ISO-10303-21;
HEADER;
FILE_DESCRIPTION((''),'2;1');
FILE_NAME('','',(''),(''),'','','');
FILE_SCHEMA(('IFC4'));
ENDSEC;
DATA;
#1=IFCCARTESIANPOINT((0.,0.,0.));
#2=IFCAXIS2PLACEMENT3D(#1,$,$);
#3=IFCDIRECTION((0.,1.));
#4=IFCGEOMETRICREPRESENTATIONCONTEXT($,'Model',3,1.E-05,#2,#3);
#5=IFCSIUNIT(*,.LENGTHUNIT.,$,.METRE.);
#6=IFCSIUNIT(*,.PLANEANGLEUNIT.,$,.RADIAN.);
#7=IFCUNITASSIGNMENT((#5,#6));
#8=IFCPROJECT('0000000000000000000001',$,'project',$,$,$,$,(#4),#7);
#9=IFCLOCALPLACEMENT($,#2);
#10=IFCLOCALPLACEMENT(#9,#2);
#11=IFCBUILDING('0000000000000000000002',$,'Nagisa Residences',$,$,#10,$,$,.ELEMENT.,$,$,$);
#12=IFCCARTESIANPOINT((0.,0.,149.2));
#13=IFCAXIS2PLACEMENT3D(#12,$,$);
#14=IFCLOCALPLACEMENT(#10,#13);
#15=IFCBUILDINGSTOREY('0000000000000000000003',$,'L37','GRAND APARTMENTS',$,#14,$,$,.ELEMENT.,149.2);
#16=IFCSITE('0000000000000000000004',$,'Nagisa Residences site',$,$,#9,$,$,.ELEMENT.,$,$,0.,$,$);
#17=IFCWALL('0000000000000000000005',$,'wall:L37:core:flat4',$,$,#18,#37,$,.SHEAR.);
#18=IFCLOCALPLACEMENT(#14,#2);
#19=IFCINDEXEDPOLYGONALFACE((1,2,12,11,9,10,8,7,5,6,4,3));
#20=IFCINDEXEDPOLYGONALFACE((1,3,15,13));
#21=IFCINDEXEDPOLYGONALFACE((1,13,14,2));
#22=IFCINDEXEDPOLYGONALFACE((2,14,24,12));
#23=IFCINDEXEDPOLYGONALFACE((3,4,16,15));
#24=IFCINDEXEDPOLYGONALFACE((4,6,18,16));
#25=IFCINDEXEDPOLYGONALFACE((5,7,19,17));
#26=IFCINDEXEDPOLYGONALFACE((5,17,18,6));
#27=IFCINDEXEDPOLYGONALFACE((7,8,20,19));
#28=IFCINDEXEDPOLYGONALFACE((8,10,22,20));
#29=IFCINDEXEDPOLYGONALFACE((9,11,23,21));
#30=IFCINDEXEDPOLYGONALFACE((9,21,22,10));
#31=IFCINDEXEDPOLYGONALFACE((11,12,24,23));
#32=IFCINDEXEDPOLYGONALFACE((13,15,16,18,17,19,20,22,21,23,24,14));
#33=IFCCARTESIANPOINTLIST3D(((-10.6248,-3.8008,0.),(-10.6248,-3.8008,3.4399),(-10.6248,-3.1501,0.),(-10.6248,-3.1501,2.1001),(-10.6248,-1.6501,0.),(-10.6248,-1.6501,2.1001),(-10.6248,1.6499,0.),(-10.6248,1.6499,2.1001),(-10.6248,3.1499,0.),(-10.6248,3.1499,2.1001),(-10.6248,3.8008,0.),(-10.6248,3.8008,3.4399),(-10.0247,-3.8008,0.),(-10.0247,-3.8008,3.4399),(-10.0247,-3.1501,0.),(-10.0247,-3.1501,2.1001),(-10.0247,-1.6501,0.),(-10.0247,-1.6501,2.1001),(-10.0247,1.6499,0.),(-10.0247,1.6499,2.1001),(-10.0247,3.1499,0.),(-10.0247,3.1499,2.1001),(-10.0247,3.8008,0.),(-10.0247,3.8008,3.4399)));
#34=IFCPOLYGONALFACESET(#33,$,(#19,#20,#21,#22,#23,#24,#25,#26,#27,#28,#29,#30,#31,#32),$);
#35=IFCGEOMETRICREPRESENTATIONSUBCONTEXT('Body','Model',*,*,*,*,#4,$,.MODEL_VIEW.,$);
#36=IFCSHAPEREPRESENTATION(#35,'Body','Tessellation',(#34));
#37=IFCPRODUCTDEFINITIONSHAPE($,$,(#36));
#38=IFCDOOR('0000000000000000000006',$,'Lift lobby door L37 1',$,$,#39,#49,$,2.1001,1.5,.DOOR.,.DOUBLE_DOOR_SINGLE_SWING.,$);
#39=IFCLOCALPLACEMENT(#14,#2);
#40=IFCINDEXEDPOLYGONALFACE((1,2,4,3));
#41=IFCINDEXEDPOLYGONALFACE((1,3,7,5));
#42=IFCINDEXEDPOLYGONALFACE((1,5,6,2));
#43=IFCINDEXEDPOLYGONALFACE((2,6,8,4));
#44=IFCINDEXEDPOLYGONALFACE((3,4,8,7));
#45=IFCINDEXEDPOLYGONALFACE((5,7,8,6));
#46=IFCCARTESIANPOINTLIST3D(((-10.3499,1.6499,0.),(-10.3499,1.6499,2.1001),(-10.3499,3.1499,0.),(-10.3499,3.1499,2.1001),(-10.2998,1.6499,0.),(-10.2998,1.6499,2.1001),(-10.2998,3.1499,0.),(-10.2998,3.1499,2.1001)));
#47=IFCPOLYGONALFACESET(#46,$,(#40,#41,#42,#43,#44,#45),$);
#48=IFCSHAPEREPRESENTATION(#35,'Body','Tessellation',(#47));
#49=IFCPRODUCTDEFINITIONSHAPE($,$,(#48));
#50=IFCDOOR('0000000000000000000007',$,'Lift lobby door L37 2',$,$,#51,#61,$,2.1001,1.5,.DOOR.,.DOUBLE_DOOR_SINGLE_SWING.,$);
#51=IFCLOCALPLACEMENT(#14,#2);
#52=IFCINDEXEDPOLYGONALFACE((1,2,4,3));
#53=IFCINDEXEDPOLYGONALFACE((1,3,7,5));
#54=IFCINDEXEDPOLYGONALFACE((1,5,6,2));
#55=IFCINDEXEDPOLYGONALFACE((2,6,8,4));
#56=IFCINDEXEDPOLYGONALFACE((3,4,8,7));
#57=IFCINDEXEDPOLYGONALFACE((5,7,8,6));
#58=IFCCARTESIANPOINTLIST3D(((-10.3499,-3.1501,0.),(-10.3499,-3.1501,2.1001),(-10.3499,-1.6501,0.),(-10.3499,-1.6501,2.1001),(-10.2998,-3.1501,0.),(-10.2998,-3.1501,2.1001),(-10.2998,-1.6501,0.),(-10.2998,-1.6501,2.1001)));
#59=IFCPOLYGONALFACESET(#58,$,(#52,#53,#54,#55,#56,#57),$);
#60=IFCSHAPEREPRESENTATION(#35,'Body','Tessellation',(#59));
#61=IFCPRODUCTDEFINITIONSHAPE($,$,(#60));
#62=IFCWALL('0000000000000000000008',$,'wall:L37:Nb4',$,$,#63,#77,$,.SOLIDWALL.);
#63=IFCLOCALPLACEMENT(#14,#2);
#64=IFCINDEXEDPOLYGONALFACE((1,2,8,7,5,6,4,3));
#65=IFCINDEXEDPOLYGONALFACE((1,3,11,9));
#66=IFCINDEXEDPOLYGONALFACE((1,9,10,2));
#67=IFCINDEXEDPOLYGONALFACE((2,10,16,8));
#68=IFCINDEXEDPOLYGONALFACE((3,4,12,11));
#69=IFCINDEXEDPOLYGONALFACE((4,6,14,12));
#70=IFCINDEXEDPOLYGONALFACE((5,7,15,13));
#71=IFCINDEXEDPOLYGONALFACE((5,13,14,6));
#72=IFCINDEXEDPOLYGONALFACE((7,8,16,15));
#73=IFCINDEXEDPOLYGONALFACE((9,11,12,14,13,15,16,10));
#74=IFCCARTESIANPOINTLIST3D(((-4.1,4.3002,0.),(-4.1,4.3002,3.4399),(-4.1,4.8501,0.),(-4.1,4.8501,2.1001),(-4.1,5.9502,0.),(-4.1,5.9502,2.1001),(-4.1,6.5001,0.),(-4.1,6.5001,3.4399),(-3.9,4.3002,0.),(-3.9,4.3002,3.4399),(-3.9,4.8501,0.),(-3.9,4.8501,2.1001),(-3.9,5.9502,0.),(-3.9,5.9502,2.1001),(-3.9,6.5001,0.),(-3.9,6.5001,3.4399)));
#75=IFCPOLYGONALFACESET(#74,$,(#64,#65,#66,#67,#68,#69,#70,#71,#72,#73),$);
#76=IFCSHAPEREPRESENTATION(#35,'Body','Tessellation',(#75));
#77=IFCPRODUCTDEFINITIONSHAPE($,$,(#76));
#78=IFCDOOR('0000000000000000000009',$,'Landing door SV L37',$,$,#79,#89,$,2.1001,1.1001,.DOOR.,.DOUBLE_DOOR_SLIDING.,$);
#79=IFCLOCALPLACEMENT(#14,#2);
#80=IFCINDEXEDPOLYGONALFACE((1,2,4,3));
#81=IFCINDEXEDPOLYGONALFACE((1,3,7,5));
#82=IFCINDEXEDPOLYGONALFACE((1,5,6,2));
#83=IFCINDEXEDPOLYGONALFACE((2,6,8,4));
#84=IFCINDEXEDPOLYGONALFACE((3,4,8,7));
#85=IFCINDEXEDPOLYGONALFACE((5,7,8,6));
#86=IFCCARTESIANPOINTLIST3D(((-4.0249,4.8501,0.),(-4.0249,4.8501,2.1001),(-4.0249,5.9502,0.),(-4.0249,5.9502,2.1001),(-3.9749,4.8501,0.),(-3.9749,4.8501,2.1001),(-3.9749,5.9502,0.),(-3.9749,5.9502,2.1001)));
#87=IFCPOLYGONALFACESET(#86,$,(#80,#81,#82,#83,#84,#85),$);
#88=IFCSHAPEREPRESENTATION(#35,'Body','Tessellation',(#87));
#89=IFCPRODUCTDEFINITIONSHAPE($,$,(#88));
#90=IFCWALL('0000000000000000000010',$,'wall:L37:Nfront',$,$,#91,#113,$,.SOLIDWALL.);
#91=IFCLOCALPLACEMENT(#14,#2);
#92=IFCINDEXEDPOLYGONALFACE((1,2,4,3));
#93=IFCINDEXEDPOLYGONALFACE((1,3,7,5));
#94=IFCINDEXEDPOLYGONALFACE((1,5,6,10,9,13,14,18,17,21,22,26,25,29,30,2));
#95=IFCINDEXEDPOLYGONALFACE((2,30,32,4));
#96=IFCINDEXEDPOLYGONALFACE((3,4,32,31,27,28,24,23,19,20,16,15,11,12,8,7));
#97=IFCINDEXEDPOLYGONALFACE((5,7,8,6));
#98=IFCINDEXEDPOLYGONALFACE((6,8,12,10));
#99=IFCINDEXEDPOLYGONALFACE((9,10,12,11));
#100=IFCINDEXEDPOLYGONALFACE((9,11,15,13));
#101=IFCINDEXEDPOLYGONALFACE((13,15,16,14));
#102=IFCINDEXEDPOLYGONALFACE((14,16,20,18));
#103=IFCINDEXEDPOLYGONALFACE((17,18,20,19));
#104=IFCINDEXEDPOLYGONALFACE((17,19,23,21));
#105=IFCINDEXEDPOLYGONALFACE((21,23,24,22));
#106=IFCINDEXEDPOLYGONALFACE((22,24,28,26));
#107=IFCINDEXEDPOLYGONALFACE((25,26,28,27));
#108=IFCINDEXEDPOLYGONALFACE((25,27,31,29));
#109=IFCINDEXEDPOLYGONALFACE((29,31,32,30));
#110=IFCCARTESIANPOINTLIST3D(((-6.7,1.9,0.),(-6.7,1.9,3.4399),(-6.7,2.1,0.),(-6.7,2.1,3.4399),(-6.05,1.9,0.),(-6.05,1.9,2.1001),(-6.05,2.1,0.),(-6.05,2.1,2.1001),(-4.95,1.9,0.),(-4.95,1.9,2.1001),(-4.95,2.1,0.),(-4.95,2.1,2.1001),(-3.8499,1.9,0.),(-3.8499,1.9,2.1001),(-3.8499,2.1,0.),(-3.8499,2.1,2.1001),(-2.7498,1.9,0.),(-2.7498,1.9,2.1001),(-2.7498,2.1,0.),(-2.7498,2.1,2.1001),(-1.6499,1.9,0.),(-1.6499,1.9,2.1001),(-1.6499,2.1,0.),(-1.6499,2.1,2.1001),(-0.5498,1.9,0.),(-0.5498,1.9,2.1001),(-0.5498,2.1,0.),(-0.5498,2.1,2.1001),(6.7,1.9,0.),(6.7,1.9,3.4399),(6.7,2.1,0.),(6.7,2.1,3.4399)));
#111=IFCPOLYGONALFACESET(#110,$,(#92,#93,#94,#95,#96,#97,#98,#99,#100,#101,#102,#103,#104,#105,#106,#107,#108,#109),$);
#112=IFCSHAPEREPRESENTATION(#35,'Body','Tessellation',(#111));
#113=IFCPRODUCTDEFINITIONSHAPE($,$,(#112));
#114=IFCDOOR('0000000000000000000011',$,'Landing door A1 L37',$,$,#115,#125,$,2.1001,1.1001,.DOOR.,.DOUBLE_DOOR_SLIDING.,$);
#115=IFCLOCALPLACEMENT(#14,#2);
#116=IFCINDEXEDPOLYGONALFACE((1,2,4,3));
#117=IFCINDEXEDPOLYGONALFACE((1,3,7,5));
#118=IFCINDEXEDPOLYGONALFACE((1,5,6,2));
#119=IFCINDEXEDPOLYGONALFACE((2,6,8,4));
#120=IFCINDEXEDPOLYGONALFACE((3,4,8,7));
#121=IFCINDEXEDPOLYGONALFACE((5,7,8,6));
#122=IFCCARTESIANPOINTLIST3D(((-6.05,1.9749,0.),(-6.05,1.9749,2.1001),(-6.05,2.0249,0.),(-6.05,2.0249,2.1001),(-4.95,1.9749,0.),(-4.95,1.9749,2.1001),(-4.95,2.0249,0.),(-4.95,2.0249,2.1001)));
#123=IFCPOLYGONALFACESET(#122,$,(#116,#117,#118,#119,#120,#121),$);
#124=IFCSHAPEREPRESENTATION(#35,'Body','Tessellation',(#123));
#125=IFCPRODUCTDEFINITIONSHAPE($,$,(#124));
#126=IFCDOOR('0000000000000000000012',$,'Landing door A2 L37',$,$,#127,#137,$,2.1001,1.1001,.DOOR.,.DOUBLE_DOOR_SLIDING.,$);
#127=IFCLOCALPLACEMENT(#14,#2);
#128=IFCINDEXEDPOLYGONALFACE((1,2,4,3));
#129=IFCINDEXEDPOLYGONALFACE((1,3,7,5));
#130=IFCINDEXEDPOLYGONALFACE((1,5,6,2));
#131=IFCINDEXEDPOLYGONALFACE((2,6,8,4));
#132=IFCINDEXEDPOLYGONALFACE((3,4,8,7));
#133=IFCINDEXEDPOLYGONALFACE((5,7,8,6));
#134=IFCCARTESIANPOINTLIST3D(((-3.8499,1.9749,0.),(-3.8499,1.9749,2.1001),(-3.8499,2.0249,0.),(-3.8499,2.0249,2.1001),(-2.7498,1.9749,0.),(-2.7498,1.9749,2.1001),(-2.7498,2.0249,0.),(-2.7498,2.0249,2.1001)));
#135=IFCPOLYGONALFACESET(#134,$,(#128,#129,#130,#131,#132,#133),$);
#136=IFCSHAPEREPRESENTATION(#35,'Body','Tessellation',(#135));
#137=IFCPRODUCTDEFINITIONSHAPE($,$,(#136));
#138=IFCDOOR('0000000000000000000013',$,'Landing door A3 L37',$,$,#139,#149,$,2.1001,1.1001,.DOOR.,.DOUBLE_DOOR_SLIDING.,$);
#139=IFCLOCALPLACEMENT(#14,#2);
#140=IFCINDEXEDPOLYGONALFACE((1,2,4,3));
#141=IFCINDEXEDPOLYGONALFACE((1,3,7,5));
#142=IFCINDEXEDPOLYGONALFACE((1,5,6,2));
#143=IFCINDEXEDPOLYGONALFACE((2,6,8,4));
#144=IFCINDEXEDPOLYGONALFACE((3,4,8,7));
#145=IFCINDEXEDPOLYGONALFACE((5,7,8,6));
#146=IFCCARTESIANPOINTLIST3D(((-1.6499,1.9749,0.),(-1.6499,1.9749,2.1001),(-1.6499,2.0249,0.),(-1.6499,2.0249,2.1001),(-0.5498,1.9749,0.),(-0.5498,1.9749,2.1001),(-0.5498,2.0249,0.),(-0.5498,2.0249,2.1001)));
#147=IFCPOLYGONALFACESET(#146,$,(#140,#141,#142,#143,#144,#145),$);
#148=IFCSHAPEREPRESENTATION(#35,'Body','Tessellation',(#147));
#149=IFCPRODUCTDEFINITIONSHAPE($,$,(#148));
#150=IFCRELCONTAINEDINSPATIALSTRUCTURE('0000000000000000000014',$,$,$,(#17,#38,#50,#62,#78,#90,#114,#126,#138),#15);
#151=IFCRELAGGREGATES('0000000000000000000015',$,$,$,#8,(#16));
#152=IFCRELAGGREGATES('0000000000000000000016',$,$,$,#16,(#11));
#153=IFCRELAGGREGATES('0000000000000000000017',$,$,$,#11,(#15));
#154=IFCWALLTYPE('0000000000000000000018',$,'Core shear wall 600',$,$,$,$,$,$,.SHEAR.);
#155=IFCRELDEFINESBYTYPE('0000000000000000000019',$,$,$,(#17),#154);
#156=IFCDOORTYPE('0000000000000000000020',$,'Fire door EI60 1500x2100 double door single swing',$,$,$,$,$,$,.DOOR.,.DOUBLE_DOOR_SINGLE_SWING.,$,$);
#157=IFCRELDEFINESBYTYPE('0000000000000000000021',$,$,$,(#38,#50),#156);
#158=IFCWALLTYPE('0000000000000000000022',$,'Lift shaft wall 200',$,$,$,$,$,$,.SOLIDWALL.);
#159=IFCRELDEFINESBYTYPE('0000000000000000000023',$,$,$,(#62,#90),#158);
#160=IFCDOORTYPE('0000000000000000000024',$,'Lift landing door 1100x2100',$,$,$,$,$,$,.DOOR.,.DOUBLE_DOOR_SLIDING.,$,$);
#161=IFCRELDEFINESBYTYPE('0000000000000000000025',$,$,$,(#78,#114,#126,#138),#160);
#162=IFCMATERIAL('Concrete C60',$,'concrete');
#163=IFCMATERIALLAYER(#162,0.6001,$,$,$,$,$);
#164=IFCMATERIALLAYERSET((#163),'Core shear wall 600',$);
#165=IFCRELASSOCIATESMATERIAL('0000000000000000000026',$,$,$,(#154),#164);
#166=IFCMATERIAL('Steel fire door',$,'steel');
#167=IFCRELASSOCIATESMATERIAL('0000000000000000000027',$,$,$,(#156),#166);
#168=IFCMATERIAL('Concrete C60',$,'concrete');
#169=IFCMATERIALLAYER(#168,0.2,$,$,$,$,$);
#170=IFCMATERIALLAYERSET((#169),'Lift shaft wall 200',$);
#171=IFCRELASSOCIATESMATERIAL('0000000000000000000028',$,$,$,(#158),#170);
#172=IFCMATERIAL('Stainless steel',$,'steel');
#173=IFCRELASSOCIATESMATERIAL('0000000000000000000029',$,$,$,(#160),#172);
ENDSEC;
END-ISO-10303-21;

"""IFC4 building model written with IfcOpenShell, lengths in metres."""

from ifc_helpers import new_model, si_unit, direction, frame, frame_2d, origin, place, context, subcontext, project, spatial, rectangle, extrude, material, layer, layer_set, type_object, element, fill, save


model = new_model("IFC4")

# Units and contexts
model_context = context("Model", 3, precision=1e-05, world=origin(), true_north=direction((0.0, 1.0)))
body_context = subcontext(model_context, "Body", "Model", "MODEL_VIEW")
ifc_project = project(units=[si_unit("LENGTHUNIT", "METRE"), si_unit("PLANEANGLEUNIT", "RADIAN")], contexts=[model_context])

# Site, building, storey
site_placement = place(None, origin())
site = spatial("IfcSite", under=ifc_project, at=site_placement, Name="Nagisa Residences site", CompositionType="ELEMENT", RefElevation=0.0)
building_placement = place(site_placement, origin())
building = spatial("IfcBuilding", under=site, at=building_placement, Name="Nagisa Residences", CompositionType="ELEMENT")
storey_placement = place(building_placement, frame((0.0, 0.0, 149.2)))
storey = spatial("IfcBuildingStorey", under=building, at=storey_placement, Name="L37", Description="GRAND APARTMENTS", CompositionType="ELEMENT", Elevation=149.2)

# Shared definitions
ifc_material_1 = material(Name="Concrete C60", Category="concrete")
ifc_layer_1 = layer(ifc_material_1, 0.6001)
ifc_layer_set_1 = layer_set([ifc_layer_1], Name="Core shear wall 600")
wall_type_1 = type_object("IfcWallType", Name="Core shear wall 600", PredefinedType="SHEAR", material=ifc_layer_set_1)

# Wall, openings, doors
wall_1_placement = place(storey_placement, frame((-10.3247, 3.8008, 0.0), z_axis=(0.0, 0.0, 1.0), x_axis=(0.0, -1.0, 0.0)))
wall_1 = element("IfcWall", 1, at=wall_1_placement, inside=storey, type_object=wall_type_1, Name="wall:L37:core:flat4", PredefinedType="SHEAR", context=body_context, shape_type="SweptSolid", body=[
    extrude(rectangle(XDim=7.6016, YDim=0.6001, at=frame_2d((3.8008, 0.0))), origin(), (0.0, 0.0, 1.0), 3.4399),
])
opening_1_placement = place(wall_1_placement, frame((0.6509, 0.0, 0.0)))
opening_1 = element("IfcOpeningElement", 2, at=opening_1_placement, cuts=wall_1, PredefinedType="OPENING", context=body_context, shape_type="SweptSolid", body=[
    extrude(rectangle(XDim=1.5, YDim=2.1001, at=frame_2d((0.75, 1.05))), frame((0.0, 0.3101, 0.0), z_axis=(0.0, -1.0, 0.0), x_axis=(1.0, 0.0, 0.0)), (0.0, 0.0, 1.0), 0.6201),
])
opening_2_placement = place(wall_1_placement, frame((5.4509, 0.0, 0.0)))
opening_2 = element("IfcOpeningElement", 3, at=opening_2_placement, cuts=wall_1, PredefinedType="OPENING", context=body_context, shape_type="SweptSolid", body=[
    extrude(rectangle(XDim=1.5, YDim=2.1001, at=frame_2d((0.75, 1.05))), frame((0.0, 0.3101, 0.0), z_axis=(0.0, -1.0, 0.0), x_axis=(1.0, 0.0, 0.0)), (0.0, 0.0, 1.0), 0.6201),
])
ifc_material_2 = material(Name="Steel fire door", Category="steel")
door_type_1 = type_object("IfcDoorType", Name="Fire door EI60 1500x2100 double door single swing", OperationType="DOUBLE_DOOR_SINGLE_SWING", PredefinedType="DOOR", material=ifc_material_2)
door_1_placement = place(opening_1_placement, origin())
door_1 = element("IfcDoor", 4, at=door_1_placement, inside=storey, type_object=door_type_1, Name="Lift lobby door L37 1", OperationType="DOUBLE_DOOR_SINGLE_SWING", OverallHeight=2.1001, OverallWidth=1.5, PredefinedType="DOOR", context=body_context, shape_type="SweptSolid", body=[
    extrude(rectangle(XDim=1.5, YDim=2.1001, at=frame_2d((0.75, 1.05))), frame((0.0, 0.0249, 0.0), z_axis=(0.0, -1.0, 0.0), x_axis=(1.0, 0.0, 0.0)), (0.0, 0.0, 1.0), 0.05),
])
fill(opening_1, door_1)
door_2_placement = place(opening_2_placement, origin())
door_2 = element("IfcDoor", 5, at=door_2_placement, inside=storey, type_object=door_type_1, Name="Lift lobby door L37 2", OperationType="DOUBLE_DOOR_SINGLE_SWING", OverallHeight=2.1001, OverallWidth=1.5, PredefinedType="DOOR", context=body_context, shape_type="SweptSolid", body=[
    extrude(rectangle(XDim=1.5, YDim=2.1001, at=frame_2d((0.75, 1.05))), frame((0.0, 0.0249, 0.0), z_axis=(0.0, -1.0, 0.0), x_axis=(1.0, 0.0, 0.0)), (0.0, 0.0, 1.0), 0.05),
])
fill(opening_2, door_2)

# Wall, opening, door
ifc_material_3 = material(Name="Concrete C60", Category="concrete")
ifc_layer_2 = layer(ifc_material_3, 0.2)
ifc_layer_set_2 = layer_set([ifc_layer_2], Name="Lift shaft wall 200")
wall_type_2 = type_object("IfcWallType", Name="Lift shaft wall 200", PredefinedType="SOLIDWALL", material=ifc_layer_set_2)
wall_2_placement = place(storey_placement, frame((-4.0, 4.3, 0.0), z_axis=(0.0, 0.0, 1.0), x_axis=(0.0, 1.0, 0.0)))
wall_2 = element("IfcWall", 6, at=wall_2_placement, inside=storey, type_object=wall_type_2, Name="wall:L37:Nb4", PredefinedType="SOLIDWALL", context=body_context, shape_type="SweptSolid", body=[
    extrude(rectangle(XDim=2.2, YDim=0.2, at=frame_2d((1.1001, 0.0))), origin(), (0.0, 0.0, 1.0), 3.4399),
])
opening_3_placement = place(wall_2_placement, frame((0.55, 0.0, 0.0)))
opening_3 = element("IfcOpeningElement", 7, at=opening_3_placement, cuts=wall_2, PredefinedType="OPENING", context=body_context, shape_type="SweptSolid", body=[
    extrude(rectangle(XDim=1.1001, YDim=2.1001, at=frame_2d((0.55, 1.05))), frame((0.0, 0.1099, 0.0), z_axis=(0.0, -1.0, 0.0), x_axis=(1.0, 0.0, 0.0)), (0.0, 0.0, 1.0), 0.22),
])
ifc_material_4 = material(Name="Stainless steel", Category="steel")
door_type_2 = type_object("IfcDoorType", Name="Lift landing door 1100x2100", OperationType="DOUBLE_DOOR_SLIDING", PredefinedType="DOOR", material=ifc_material_4)
door_3_placement = place(opening_3_placement, origin())
door_3 = element("IfcDoor", 8, at=door_3_placement, inside=storey, type_object=door_type_2, Name="Landing door SV L37", OperationType="DOUBLE_DOOR_SLIDING", OverallHeight=2.1001, OverallWidth=1.1001, PredefinedType="DOOR", context=body_context, shape_type="SweptSolid", body=[
    extrude(rectangle(XDim=1.1001, YDim=2.1001, at=frame_2d((0.55, 1.05))), frame((0.0, 0.0249, 0.0), z_axis=(0.0, -1.0, 0.0), x_axis=(1.0, 0.0, 0.0)), (0.0, 0.0, 1.0), 0.05),
])
fill(opening_3, door_3)

# Wall, openings, doors
wall_3_placement = place(storey_placement, frame((-6.7, 2.0, 0.0), z_axis=(0.0, 0.0, 1.0), x_axis=(1.0, 0.0, 0.0)))
wall_3 = element("IfcWall", 9, at=wall_3_placement, inside=storey, type_object=wall_type_2, Name="wall:L37:Nfront", PredefinedType="SOLIDWALL", context=body_context, shape_type="SweptSolid", body=[
    extrude(rectangle(XDim=13.3999, YDim=0.2, at=frame_2d((6.7, 0.0))), origin(), (0.0, 0.0, 1.0), 3.4399),
])
opening_4_placement = place(wall_3_placement, frame((0.6499, 0.0, 0.0)))
opening_4 = element("IfcOpeningElement", 10, at=opening_4_placement, cuts=wall_3, PredefinedType="OPENING", context=body_context, shape_type="SweptSolid", body=[
    extrude(rectangle(XDim=1.1001, YDim=2.1001, at=frame_2d((0.55, 1.05))), frame((0.0, 0.1099, 0.0), z_axis=(0.0, -1.0, 0.0), x_axis=(1.0, 0.0, 0.0)), (0.0, 0.0, 1.0), 0.22),
])
opening_5_placement = place(wall_3_placement, frame((2.8501, 0.0, 0.0)))
opening_5 = element("IfcOpeningElement", 11, at=opening_5_placement, cuts=wall_3, PredefinedType="OPENING", context=body_context, shape_type="SweptSolid", body=[
    extrude(rectangle(XDim=1.1001, YDim=2.1001, at=frame_2d((0.55, 1.05))), frame((0.0, 0.1099, 0.0), z_axis=(0.0, -1.0, 0.0), x_axis=(1.0, 0.0, 0.0)), (0.0, 0.0, 1.0), 0.22),
])
opening_6_placement = place(wall_3_placement, frame((5.05, 0.0, 0.0)))
opening_6 = element("IfcOpeningElement", 12, at=opening_6_placement, cuts=wall_3, PredefinedType="OPENING", context=body_context, shape_type="SweptSolid", body=[
    extrude(rectangle(XDim=1.1001, YDim=2.1001, at=frame_2d((0.55, 1.05))), frame((0.0, 0.1099, 0.0), z_axis=(0.0, -1.0, 0.0), x_axis=(1.0, 0.0, 0.0)), (0.0, 0.0, 1.0), 0.22),
])
door_4_placement = place(opening_4_placement, origin())
door_4 = element("IfcDoor", 13, at=door_4_placement, inside=storey, type_object=door_type_2, Name="Landing door A1 L37", OperationType="DOUBLE_DOOR_SLIDING", OverallHeight=2.1001, OverallWidth=1.1001, PredefinedType="DOOR", context=body_context, shape_type="SweptSolid", body=[
    extrude(rectangle(XDim=1.1001, YDim=2.1001, at=frame_2d((0.55, 1.05))), frame((0.0, 0.0249, 0.0), z_axis=(0.0, -1.0, 0.0), x_axis=(1.0, 0.0, 0.0)), (0.0, 0.0, 1.0), 0.05),
])
fill(opening_4, door_4)
door_5_placement = place(opening_5_placement, origin())
door_5 = element("IfcDoor", 14, at=door_5_placement, inside=storey, type_object=door_type_2, Name="Landing door A2 L37", OperationType="DOUBLE_DOOR_SLIDING", OverallHeight=2.1001, OverallWidth=1.1001, PredefinedType="DOOR", context=body_context, shape_type="SweptSolid", body=[
    extrude(rectangle(XDim=1.1001, YDim=2.1001, at=frame_2d((0.55, 1.05))), frame((0.0, 0.0249, 0.0), z_axis=(0.0, -1.0, 0.0), x_axis=(1.0, 0.0, 0.0)), (0.0, 0.0, 1.0), 0.05),
])
fill(opening_5, door_5)
door_6_placement = place(opening_6_placement, origin())
door_6 = element("IfcDoor", 15, at=door_6_placement, inside=storey, type_object=door_type_2, Name="Landing door A3 L37", OperationType="DOUBLE_DOOR_SLIDING", OverallHeight=2.1001, OverallWidth=1.1001, PredefinedType="DOOR", context=body_context, shape_type="SweptSolid", body=[
    extrude(rectangle(XDim=1.1001, YDim=2.1001, at=frame_2d((0.55, 1.05))), frame((0.0, 0.0249, 0.0), z_axis=(0.0, -1.0, 0.0), x_axis=(1.0, 0.0, 0.0)), (0.0, 0.0, 1.0), 0.05),
])
fill(opening_6, door_6)

save(model, "model.ifc")
